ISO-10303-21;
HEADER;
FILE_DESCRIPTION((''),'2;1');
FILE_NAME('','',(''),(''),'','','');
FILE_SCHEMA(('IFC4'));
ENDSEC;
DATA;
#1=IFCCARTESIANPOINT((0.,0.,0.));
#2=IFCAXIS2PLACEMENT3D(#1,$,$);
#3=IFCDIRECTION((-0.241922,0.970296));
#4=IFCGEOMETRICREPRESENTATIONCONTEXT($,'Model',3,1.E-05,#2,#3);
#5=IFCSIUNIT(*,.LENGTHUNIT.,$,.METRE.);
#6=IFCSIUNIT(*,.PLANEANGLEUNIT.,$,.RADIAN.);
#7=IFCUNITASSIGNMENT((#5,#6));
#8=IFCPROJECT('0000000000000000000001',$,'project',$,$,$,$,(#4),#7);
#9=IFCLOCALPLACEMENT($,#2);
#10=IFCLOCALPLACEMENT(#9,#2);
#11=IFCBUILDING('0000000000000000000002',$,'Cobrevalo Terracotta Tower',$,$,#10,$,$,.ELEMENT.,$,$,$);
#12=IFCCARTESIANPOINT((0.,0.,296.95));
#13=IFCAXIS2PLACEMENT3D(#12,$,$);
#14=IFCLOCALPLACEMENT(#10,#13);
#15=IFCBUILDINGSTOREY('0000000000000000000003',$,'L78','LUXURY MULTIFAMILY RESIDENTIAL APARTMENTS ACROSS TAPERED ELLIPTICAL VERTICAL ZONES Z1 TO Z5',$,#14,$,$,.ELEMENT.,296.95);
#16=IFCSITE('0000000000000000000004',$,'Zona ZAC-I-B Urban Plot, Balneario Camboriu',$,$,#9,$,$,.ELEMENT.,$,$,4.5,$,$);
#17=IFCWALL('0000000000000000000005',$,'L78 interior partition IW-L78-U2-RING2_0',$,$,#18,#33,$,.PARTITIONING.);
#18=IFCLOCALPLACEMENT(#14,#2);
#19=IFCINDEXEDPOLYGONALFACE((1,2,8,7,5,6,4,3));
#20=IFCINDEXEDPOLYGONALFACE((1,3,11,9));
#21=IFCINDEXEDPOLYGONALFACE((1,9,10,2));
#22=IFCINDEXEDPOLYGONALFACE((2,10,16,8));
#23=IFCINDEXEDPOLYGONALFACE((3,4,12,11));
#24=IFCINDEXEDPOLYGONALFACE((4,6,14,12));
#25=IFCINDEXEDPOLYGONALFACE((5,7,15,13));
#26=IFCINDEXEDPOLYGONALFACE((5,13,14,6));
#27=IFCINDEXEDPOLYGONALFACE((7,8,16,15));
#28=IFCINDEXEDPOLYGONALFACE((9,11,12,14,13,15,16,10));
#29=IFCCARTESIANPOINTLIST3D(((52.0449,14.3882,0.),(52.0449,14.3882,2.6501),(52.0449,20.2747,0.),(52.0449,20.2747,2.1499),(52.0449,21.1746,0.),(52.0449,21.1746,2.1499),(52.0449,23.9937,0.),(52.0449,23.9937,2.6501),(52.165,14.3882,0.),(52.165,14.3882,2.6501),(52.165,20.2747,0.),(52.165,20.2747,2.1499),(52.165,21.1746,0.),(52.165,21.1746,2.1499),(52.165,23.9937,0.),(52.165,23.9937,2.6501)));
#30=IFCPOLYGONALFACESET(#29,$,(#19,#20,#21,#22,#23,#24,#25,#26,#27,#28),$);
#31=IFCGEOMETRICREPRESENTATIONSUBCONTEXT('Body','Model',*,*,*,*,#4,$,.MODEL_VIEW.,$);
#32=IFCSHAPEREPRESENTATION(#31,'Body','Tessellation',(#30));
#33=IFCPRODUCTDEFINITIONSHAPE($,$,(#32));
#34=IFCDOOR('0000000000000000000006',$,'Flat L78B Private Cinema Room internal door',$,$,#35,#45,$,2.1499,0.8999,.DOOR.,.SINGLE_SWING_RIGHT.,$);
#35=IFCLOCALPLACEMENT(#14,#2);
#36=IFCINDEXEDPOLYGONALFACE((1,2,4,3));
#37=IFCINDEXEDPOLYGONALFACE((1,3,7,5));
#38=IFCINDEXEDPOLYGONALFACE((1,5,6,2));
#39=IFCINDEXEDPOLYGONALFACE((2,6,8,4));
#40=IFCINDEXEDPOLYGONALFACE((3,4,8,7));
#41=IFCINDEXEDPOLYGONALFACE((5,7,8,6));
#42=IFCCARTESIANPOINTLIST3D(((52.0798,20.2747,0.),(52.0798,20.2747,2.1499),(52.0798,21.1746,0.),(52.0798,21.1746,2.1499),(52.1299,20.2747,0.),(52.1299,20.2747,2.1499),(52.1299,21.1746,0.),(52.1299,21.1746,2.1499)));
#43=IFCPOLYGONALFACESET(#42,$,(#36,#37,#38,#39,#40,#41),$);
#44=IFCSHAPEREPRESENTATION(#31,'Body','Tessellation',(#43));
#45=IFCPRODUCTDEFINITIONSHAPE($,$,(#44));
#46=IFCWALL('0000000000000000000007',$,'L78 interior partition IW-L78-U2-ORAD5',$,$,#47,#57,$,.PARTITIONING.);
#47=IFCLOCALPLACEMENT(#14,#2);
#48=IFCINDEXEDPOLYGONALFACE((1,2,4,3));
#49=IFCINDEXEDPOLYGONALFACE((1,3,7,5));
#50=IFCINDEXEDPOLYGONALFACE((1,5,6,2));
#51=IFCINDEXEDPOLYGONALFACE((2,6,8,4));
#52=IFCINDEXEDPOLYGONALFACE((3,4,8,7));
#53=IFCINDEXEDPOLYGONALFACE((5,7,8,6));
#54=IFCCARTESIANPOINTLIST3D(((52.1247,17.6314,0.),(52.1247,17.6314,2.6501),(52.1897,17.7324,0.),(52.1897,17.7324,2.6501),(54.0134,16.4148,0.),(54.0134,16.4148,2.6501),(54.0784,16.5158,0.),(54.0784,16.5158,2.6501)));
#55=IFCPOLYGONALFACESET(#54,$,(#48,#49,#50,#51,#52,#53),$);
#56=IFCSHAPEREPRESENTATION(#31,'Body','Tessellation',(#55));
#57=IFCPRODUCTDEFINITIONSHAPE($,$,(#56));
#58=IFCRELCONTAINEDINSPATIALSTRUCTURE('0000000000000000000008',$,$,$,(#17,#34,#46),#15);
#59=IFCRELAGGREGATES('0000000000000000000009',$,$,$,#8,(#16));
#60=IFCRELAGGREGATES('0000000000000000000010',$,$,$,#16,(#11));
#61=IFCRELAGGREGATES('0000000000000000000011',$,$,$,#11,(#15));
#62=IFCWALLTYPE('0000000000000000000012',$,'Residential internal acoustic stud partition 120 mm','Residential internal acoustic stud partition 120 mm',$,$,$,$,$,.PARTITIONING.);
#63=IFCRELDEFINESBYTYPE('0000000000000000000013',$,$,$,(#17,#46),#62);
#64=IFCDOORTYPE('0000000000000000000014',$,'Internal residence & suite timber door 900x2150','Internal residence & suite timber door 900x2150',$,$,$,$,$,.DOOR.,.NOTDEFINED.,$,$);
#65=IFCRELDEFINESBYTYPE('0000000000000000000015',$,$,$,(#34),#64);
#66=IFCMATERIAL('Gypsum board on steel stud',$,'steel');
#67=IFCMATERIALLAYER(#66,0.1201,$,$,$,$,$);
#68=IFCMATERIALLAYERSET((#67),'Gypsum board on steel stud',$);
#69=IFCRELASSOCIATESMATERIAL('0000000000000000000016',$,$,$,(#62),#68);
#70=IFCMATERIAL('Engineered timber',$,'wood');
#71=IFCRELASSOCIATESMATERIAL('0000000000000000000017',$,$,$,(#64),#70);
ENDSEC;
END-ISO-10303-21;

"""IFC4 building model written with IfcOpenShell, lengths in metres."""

from ifc_helpers import new_model, si_unit, direction, frame, frame_2d, origin, place, context, subcontext, project, spatial, rectangle, extrude, source, transform, mapped, material, layer, layer_set, type_object, element, fill, save


model = new_model("IFC4")

# Units and contexts
model_context = context("Model", 3, precision=1e-05, world=origin(), true_north=direction((-0.241922, 0.970296)))
body_context = subcontext(model_context, "Body", "Model", "MODEL_VIEW")
ifc_project = project(units=[si_unit("LENGTHUNIT", "METRE"), si_unit("PLANEANGLEUNIT", "RADIAN")], contexts=[model_context])

# Site, building, storey
site_placement = place(None, origin())
site = spatial("IfcSite", under=ifc_project, at=site_placement, Name="Zona ZAC-I-B Urban Plot, Balneario Camboriu", CompositionType="ELEMENT", RefElevation=4.5)
building_placement = place(site_placement, origin())
building = spatial("IfcBuilding", under=site, at=building_placement, Name="Cobrevalo Terracotta Tower", CompositionType="ELEMENT")
storey_placement = place(building_placement, frame((0.0, 0.0, 296.95)))
storey = spatial("IfcBuildingStorey", under=building, at=storey_placement, Name="L78", Description="LUXURY MULTIFAMILY RESIDENTIAL APARTMENTS ACROSS TAPERED ELLIPTICAL VERTICAL ZONES Z1 TO Z5", CompositionType="ELEMENT", Elevation=296.95)

# Wall, opening, door
ifc_material_1 = material(Name="Gypsum board on steel stud", Category="steel")
ifc_layer_1 = layer(ifc_material_1, 0.1201)
ifc_layer_set_1 = layer_set([ifc_layer_1], Name="Gypsum board on steel stud")
wall_type_1 = type_object("IfcWallType", Name="Residential internal acoustic stud partition 120 mm", Description="Residential internal acoustic stud partition 120 mm", PredefinedType="PARTITIONING", material=ifc_layer_set_1)
wall_1_placement = place(storey_placement, frame((52.105, 23.9937, 0.0), z_axis=(0.0, 0.0, 1.0), x_axis=(0.0, -1.0, 0.0)))
wall_1 = element("IfcWall", 1, at=wall_1_placement, inside=storey, type_object=wall_type_1, Name="L78 interior partition IW-L78-U2-RING2_0", PredefinedType="PARTITIONING", context=body_context, shape_type="SweptSolid", body=[
    extrude(rectangle(XDim=9.6055, YDim=0.1201, at=frame_2d((4.8027, 0.0))), origin(), (0.0, 0.0, 1.0), 2.6501),
])
opening_1_placement = place(wall_1_placement, frame((2.8191, 0.0, 0.0)))
opening_1 = element("IfcOpeningElement", 2, at=opening_1_placement, cuts=wall_1, PredefinedType="OPENING", context=body_context, shape_type="SweptSolid", body=[
    extrude(rectangle(XDim=0.8999, YDim=2.1499, at=frame_2d((0.45, 1.075))), frame((0.0, 0.0701, 0.0), z_axis=(0.0, -1.0, 0.0), x_axis=(1.0, 0.0, 0.0)), (0.0, 0.0, 1.0), 0.1401),
])
ifc_material_2 = material(Name="Engineered timber", Category="wood")
door_type = type_object("IfcDoorType", Name="Internal residence & suite timber door 900x2150", Description="Internal residence & suite timber door 900x2150", OperationType="NOTDEFINED", PredefinedType="DOOR", material=ifc_material_2)
shared_shape_1 = source(origin(), body_context, "Body", "SweptSolid", [
    extrude(rectangle(XDim=0.8999, YDim=2.1499, at=frame_2d((0.45, 1.075))), frame((0.0, 0.0249, 0.0), z_axis=(0.0, -1.0, 0.0), x_axis=(1.0, 0.0, 0.0)), (0.0, 0.0, 1.0), 0.05),
])
door_1_placement = place(opening_1_placement, origin())
door_1 = element("IfcDoor", 3, at=door_1_placement, inside=storey, type_object=door_type, Name="Flat L78B Private Cinema Room internal door", OperationType="SINGLE_SWING_RIGHT", OverallHeight=2.1499, OverallWidth=0.8999, PredefinedType="DOOR", context=body_context, shape_type="MappedRepresentation", body=[
    mapped(shared_shape_1, transform((0.0, 0.0, 0.0), scale=1.0)),
])
fill(opening_1, door_1)

# Wall
wall_2_placement = place(storey_placement, frame((52.1572, 17.6819, 0.0), z_axis=(0.0, 0.0, 1.0), x_axis=(0.840691, -0.541515, 0.0)))
element("IfcWall", 4, at=wall_2_placement, inside=storey, type_object=wall_type_1, Name="L78 interior partition IW-L78-U2-ORAD5", PredefinedType="PARTITIONING", context=body_context, shape_type="SweptSolid", body=[
    extrude(rectangle(XDim=2.2466, YDim=0.1201, at=frame_2d((1.1233, 0.0))), origin(), (0.0, 0.0, 1.0), 2.6501),
])

save(model, "model.ifc")
